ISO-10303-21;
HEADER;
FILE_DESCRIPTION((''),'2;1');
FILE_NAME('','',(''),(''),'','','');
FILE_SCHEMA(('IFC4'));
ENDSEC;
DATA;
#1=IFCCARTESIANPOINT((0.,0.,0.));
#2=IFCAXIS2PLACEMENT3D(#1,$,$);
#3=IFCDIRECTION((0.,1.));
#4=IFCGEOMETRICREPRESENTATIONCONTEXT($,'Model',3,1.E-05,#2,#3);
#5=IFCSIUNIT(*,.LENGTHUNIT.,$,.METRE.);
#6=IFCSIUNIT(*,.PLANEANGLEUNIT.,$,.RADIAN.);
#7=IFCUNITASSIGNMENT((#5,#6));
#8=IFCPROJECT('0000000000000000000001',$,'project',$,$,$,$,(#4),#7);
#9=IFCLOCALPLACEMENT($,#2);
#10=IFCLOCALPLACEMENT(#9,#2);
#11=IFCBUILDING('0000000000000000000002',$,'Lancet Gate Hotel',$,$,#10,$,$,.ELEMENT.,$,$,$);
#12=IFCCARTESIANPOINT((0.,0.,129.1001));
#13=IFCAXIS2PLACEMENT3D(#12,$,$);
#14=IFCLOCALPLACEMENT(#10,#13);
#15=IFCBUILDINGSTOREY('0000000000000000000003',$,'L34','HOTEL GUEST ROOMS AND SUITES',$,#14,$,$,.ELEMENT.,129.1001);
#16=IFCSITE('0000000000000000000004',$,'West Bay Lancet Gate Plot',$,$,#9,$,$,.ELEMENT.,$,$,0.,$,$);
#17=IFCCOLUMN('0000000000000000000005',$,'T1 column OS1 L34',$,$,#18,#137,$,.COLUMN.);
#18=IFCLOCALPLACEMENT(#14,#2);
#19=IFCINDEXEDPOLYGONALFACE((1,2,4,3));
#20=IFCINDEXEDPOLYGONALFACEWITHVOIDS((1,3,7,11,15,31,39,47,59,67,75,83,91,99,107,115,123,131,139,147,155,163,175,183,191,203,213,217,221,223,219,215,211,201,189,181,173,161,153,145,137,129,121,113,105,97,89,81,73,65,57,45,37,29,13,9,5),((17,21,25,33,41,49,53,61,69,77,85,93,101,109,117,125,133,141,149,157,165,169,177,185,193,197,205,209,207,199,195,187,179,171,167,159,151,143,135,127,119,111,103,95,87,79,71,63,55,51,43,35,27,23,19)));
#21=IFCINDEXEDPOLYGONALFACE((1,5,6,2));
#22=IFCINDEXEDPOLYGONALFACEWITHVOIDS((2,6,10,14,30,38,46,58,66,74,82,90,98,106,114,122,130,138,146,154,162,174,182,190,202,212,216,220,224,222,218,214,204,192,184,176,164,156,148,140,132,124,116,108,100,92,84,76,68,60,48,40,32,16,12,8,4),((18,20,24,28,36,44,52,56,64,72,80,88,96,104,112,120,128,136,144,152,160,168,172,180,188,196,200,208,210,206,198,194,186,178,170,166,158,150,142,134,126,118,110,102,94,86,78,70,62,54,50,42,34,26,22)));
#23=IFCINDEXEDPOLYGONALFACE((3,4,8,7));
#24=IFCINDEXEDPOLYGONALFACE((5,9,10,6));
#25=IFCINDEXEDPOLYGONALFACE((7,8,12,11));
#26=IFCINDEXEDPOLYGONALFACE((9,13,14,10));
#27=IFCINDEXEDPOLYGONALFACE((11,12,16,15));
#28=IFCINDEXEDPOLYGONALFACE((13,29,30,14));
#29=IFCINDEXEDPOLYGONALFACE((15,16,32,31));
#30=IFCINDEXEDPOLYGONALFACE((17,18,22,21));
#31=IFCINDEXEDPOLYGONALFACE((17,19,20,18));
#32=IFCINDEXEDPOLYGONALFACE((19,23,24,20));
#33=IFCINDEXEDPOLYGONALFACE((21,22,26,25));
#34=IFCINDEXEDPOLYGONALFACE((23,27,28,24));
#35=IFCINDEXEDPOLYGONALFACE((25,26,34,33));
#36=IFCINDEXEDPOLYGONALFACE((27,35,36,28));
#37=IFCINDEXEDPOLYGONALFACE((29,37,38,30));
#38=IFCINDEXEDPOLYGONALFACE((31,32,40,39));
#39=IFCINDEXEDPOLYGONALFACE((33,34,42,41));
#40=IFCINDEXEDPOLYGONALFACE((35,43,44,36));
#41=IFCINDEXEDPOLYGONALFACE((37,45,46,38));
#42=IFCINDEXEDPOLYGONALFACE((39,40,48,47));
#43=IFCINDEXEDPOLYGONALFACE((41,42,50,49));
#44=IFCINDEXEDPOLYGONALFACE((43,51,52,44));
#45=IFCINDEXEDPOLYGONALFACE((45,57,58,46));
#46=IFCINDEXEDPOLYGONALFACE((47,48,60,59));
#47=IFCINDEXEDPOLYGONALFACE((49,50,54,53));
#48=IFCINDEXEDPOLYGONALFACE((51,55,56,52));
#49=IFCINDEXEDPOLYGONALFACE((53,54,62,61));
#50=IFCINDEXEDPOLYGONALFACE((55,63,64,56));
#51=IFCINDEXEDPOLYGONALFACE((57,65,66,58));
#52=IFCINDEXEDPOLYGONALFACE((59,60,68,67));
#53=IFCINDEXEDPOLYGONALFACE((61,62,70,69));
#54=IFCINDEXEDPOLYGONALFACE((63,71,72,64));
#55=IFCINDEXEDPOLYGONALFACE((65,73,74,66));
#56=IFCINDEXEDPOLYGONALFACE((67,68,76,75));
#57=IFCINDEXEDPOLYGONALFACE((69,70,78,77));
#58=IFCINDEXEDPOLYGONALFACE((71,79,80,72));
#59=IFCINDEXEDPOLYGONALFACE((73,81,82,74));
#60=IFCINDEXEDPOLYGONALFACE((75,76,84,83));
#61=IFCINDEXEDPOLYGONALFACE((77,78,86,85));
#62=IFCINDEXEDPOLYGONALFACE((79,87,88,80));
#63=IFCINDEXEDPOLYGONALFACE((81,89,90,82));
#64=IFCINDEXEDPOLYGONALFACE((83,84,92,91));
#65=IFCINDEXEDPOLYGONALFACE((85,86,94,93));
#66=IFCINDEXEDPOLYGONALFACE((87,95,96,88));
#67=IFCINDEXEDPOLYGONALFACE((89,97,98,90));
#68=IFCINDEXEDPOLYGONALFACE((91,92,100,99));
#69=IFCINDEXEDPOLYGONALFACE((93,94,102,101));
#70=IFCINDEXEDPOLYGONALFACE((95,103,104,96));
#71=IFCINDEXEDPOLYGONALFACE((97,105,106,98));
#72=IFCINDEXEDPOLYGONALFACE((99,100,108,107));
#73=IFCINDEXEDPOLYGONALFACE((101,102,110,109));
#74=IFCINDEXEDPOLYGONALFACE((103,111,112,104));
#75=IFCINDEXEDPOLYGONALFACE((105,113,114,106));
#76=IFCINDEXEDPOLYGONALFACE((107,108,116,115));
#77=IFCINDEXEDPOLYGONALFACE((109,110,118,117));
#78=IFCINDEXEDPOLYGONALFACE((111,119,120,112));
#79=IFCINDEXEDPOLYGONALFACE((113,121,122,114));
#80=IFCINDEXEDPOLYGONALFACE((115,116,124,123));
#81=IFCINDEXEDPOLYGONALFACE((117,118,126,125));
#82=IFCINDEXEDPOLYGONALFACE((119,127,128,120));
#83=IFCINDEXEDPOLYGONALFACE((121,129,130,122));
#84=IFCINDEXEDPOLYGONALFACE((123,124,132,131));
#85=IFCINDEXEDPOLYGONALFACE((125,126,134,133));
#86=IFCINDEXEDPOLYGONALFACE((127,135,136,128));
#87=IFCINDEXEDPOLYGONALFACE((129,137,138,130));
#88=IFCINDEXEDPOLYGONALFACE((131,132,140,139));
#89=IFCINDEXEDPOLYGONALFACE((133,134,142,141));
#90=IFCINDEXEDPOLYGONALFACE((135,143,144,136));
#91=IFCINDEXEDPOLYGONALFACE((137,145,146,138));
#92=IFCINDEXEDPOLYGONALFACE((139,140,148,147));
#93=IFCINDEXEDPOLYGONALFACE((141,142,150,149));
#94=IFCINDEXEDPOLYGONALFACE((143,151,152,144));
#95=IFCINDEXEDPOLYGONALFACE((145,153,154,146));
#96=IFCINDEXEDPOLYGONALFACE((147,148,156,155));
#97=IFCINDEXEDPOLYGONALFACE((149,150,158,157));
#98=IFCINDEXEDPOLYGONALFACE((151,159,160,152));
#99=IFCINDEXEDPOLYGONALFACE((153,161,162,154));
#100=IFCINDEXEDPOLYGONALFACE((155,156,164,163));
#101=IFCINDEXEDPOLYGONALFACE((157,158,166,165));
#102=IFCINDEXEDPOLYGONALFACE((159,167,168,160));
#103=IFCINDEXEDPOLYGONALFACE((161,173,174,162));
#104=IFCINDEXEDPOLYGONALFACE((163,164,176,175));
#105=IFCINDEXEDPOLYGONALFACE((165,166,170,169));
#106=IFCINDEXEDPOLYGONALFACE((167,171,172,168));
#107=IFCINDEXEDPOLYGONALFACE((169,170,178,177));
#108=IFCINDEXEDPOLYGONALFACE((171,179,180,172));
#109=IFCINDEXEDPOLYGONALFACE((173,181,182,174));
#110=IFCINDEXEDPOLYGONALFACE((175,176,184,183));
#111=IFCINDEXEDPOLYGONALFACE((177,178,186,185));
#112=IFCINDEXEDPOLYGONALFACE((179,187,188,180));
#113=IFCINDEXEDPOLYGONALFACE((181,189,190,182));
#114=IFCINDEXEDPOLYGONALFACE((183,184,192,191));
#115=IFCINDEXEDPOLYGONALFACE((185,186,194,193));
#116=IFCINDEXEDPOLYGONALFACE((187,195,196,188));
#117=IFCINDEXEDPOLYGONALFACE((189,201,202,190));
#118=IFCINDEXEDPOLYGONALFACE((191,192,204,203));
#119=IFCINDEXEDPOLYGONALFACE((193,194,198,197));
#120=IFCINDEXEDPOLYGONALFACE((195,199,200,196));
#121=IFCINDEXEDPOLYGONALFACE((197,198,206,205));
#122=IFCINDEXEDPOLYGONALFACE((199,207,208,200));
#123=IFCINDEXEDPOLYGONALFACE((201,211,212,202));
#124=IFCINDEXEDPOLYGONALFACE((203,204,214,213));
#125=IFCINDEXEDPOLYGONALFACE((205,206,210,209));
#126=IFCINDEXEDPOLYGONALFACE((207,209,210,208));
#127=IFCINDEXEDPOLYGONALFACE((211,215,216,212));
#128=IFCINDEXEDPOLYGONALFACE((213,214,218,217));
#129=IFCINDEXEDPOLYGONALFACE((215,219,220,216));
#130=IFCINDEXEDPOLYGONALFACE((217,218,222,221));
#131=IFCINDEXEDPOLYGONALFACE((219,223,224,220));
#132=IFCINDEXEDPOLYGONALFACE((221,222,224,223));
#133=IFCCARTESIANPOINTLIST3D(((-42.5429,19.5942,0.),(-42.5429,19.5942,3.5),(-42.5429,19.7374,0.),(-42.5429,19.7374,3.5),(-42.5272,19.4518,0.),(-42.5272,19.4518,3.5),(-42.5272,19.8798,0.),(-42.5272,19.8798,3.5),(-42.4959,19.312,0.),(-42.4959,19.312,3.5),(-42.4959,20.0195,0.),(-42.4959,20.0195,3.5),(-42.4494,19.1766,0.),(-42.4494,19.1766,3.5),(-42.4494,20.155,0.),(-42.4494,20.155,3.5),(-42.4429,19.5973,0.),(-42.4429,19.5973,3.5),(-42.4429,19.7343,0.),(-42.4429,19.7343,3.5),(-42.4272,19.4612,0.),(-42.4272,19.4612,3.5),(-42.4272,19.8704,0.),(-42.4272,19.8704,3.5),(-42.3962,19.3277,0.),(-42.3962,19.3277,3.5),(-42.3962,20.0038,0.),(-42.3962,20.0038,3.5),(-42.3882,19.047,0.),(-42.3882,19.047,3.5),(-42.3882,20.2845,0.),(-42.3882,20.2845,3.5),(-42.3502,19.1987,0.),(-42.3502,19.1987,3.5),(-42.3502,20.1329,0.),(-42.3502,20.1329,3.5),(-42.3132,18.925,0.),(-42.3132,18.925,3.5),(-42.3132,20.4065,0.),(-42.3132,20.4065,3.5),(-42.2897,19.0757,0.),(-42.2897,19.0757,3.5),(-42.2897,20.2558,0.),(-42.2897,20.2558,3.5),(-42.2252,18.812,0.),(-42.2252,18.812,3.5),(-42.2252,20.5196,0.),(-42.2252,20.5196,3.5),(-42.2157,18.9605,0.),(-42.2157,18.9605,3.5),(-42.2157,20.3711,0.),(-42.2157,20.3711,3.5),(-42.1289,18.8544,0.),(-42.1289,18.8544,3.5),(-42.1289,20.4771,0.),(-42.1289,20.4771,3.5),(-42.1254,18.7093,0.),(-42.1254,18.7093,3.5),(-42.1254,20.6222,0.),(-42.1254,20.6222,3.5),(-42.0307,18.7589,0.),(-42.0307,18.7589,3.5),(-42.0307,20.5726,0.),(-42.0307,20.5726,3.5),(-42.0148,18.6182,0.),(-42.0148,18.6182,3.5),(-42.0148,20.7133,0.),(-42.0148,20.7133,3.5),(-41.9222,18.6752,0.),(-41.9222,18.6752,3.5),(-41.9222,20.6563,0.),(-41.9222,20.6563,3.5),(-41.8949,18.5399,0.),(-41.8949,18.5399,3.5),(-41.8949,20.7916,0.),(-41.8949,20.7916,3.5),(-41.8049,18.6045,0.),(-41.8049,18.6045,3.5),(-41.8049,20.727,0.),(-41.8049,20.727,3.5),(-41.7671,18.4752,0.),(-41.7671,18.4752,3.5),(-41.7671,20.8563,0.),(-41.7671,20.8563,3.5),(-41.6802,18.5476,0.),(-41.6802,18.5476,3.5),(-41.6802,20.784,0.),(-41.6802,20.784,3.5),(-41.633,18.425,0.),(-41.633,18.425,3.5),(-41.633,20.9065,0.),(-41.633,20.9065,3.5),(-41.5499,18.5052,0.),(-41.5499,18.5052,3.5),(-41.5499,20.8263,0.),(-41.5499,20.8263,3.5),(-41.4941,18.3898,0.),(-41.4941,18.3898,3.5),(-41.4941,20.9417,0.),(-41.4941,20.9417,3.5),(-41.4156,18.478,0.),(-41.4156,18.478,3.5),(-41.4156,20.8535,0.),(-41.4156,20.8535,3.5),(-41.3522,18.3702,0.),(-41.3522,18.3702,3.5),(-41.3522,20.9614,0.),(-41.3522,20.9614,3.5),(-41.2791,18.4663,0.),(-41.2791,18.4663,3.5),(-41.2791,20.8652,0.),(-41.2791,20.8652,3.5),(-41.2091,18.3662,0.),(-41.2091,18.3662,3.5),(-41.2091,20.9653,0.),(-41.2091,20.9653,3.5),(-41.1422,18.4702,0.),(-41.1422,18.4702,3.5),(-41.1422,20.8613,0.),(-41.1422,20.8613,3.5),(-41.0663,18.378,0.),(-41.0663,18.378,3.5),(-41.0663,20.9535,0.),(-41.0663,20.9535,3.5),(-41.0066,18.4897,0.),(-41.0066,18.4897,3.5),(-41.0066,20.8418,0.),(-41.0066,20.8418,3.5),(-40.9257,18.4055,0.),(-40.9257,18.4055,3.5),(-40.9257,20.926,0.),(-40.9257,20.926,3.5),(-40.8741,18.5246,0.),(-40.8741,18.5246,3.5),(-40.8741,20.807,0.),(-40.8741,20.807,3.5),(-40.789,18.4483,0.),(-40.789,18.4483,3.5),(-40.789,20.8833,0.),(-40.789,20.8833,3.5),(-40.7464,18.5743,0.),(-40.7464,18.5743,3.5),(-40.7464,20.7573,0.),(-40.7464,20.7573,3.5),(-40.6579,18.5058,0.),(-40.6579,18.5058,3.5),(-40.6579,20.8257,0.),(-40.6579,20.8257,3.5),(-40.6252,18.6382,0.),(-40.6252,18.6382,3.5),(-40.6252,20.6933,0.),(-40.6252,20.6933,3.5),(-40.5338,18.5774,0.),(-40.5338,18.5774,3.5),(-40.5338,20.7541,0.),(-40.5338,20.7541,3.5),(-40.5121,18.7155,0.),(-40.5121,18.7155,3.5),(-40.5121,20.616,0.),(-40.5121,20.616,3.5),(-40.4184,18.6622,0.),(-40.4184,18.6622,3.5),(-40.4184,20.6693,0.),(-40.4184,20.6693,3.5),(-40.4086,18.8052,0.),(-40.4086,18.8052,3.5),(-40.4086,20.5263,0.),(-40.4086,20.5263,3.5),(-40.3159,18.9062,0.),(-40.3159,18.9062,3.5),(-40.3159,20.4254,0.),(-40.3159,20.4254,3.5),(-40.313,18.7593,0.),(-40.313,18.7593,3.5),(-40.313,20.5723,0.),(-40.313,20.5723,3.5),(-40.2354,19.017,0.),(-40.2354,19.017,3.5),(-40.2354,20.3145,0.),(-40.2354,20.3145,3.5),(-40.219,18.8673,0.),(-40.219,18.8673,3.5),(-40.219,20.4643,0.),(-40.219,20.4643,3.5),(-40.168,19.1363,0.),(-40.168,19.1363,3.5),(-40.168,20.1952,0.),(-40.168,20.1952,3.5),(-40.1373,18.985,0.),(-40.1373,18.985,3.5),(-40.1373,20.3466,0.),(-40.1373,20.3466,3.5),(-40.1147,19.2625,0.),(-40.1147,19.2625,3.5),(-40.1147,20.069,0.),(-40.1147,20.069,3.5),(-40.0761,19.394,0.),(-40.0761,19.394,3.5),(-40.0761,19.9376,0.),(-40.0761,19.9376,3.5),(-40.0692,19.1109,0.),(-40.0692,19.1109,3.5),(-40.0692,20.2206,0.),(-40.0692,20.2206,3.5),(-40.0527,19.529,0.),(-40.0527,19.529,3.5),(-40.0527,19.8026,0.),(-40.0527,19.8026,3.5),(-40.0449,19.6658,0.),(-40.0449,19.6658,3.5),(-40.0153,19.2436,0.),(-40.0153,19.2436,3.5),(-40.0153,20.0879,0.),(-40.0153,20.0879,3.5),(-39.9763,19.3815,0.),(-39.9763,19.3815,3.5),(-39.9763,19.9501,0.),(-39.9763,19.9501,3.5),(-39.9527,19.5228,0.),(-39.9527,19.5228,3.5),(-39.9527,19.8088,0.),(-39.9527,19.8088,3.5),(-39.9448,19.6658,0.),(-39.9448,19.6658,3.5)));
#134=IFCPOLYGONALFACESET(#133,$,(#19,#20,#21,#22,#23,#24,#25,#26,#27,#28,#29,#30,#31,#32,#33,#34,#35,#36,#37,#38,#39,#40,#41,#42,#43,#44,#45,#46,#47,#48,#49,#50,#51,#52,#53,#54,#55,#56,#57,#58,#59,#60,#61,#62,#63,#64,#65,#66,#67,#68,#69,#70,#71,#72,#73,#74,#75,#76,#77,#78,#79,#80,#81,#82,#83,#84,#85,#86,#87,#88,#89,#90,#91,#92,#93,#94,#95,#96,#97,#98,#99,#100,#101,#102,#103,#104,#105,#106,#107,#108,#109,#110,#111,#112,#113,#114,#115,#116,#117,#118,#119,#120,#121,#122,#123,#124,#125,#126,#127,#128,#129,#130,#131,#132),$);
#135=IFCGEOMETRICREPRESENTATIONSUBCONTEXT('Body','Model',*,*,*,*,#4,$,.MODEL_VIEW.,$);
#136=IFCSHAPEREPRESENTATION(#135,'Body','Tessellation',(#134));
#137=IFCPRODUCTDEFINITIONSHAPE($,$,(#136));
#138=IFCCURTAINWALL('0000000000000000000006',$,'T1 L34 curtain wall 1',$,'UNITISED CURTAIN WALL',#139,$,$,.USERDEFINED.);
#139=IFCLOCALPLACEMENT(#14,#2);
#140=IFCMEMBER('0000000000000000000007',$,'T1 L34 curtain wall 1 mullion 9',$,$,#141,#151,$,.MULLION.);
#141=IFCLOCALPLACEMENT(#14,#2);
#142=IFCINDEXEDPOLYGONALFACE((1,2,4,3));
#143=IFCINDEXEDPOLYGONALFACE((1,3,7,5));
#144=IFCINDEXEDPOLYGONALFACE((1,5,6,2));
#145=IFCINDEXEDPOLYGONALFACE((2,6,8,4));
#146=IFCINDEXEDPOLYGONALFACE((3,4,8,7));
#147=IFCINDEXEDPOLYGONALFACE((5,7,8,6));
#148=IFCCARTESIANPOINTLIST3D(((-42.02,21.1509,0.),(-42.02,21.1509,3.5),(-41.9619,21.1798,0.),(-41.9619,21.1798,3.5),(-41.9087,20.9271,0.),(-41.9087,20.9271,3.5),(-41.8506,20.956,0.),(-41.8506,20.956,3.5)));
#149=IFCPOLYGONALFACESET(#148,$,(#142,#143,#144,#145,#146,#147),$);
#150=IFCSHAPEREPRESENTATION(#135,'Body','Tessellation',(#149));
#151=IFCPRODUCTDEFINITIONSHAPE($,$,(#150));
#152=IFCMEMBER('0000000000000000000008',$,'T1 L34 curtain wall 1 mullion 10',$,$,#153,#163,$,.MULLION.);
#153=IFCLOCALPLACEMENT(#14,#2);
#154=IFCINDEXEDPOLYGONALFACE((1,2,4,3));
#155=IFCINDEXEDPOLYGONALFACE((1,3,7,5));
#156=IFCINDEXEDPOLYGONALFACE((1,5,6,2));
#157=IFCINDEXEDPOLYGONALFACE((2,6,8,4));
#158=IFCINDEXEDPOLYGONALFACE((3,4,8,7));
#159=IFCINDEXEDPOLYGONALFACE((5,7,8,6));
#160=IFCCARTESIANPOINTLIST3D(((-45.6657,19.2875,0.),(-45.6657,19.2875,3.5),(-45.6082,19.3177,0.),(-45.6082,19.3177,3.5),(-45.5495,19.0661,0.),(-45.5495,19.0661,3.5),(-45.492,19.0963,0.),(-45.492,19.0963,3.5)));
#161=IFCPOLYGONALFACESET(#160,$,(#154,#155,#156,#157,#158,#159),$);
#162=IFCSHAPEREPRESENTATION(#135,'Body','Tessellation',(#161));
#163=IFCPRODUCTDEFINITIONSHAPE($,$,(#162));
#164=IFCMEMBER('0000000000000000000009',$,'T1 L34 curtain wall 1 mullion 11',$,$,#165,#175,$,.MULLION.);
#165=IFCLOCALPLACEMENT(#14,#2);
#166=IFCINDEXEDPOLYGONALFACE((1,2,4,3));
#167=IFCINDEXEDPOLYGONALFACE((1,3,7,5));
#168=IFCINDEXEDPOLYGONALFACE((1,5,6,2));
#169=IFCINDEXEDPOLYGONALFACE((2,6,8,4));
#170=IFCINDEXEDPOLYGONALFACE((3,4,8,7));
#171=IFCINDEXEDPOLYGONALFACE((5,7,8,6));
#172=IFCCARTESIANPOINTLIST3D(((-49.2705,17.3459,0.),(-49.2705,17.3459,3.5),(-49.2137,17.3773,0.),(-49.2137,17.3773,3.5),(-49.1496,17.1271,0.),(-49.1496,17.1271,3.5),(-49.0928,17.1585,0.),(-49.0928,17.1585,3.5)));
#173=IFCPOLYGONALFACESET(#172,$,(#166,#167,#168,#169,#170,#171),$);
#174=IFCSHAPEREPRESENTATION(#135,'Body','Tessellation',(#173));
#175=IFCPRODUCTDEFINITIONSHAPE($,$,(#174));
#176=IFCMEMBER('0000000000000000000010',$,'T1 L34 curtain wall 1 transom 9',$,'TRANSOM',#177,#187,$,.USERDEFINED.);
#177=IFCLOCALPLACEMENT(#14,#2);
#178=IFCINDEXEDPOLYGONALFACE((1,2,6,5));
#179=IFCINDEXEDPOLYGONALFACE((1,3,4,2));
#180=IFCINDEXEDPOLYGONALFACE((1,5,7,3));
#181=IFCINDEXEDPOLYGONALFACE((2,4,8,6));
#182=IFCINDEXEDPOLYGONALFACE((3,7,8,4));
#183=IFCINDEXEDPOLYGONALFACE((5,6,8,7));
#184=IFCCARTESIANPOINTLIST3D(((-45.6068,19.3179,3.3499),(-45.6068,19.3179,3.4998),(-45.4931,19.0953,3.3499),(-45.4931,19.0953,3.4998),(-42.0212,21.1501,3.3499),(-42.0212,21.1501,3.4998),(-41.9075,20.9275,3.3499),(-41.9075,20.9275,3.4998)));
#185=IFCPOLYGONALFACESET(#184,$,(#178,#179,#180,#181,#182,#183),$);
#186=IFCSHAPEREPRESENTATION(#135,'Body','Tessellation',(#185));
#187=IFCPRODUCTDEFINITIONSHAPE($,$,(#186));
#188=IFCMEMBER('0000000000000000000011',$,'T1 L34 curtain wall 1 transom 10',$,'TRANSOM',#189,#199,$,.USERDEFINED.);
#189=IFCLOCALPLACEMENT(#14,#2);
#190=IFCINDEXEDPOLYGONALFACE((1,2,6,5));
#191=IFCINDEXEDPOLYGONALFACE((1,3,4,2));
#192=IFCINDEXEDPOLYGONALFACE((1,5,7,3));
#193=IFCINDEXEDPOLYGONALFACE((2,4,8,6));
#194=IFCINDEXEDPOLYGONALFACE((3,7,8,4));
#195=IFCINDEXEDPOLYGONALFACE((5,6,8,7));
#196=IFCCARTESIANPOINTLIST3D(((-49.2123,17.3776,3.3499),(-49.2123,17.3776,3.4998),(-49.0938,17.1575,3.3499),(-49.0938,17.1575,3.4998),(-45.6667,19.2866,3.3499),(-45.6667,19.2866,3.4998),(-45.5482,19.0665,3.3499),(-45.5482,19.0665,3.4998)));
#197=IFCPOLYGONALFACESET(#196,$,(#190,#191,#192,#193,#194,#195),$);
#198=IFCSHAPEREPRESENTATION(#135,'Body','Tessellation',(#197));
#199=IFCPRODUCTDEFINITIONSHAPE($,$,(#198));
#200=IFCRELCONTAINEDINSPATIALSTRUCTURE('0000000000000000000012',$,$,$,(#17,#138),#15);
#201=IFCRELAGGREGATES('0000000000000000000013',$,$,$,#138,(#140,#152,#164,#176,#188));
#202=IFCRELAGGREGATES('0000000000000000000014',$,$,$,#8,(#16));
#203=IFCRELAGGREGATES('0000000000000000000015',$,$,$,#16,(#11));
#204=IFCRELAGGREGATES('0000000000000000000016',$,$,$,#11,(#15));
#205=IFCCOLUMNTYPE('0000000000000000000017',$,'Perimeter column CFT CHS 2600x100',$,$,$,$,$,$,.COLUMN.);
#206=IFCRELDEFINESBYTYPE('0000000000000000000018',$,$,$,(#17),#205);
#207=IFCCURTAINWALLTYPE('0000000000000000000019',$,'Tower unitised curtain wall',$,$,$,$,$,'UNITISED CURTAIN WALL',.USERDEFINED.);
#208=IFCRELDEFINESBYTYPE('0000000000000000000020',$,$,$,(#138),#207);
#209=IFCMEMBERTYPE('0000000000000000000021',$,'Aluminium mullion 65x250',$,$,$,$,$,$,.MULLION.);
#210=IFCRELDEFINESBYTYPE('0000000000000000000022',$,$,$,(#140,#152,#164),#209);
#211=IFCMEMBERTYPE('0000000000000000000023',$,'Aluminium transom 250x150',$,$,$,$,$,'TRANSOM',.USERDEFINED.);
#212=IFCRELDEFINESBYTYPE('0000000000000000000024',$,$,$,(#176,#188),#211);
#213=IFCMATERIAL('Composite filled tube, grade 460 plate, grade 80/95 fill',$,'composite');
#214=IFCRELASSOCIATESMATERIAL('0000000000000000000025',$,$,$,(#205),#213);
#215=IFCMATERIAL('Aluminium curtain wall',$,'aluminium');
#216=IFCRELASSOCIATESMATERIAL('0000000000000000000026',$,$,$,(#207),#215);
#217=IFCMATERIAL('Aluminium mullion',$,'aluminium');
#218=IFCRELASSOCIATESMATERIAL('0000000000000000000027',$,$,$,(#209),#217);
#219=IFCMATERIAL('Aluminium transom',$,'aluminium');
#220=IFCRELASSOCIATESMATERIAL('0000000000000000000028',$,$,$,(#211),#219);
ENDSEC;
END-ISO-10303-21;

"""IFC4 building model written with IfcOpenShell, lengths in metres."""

from ifc_helpers import new_model, si_unit, direction, frame, origin, origin_2d, place, context, subcontext, project, spatial, rectangle, hollow_circle, extrude, material, material_profile, profile_set, type_object, element, aggregate, save


model = new_model("IFC4")

# Units and contexts
model_context = context("Model", 3, precision=1e-05, world=origin(), true_north=direction((0.0, 1.0)))
body_context = subcontext(model_context, "Body", "Model", "MODEL_VIEW")
ifc_project = project(units=[si_unit("LENGTHUNIT", "METRE"), si_unit("PLANEANGLEUNIT", "RADIAN")], contexts=[model_context])

# Site, building, storey
site_placement = place(None, origin())
site = spatial("IfcSite", under=ifc_project, at=site_placement, Name="West Bay Lancet Gate Plot", CompositionType="ELEMENT", RefElevation=0.0)
building_placement = place(site_placement, origin())
building = spatial("IfcBuilding", under=site, at=building_placement, Name="Lancet Gate Hotel", CompositionType="ELEMENT")
storey_placement = place(building_placement, frame((0.0, 0.0, 129.1001)))
storey = spatial("IfcBuildingStorey", under=building, at=storey_placement, Name="L34", Description="HOTEL GUEST ROOMS AND SUITES", CompositionType="ELEMENT", Elevation=129.1001)

# Column
ifc_material_1 = material(Name="Composite filled tube, grade 460 plate, grade 80/95 fill", Category="composite")
ifc_material_profile_1 = material_profile(ifc_material_1, hollow_circle(Radius=1.3, WallThickness=0.1001, at=origin_2d()), Name="CHS 2600x100")
ifc_profile_set_1 = profile_set([ifc_material_profile_1], Name="Composite filled tube, grade 460 plate, grade 80/95 fill")
column_type = type_object("IfcColumnType", Name="Perimeter column CFT CHS 2600x100", PredefinedType="COLUMN", material=ifc_profile_set_1)
column_placement = place(storey_placement, frame((-41.2449, 19.6658, 0.0), z_axis=(0.0, 0.0, 1.0), x_axis=(1.0, 0.0, 0.0)))
element("IfcColumn", 1, at=column_placement, inside=storey, type_object=column_type, Name="T1 column OS1 L34", PredefinedType="COLUMN", context=body_context, shape_type="SweptSolid", body=[
    extrude(hollow_circle(Radius=1.3, WallThickness=0.1001, at=origin_2d()), origin(), (0.0, 0.0, 1.0), 3.5),
])

# Curtain wall, members
ifc_material_2 = material(Name="Aluminium curtain wall", Category="aluminium")
curtain_wall_type = type_object("IfcCurtainWallType", Name="Tower unitised curtain wall", ElementType="UNITISED CURTAIN WALL", PredefinedType="USERDEFINED", material=ifc_material_2)
curtain_wall_placement = place(storey_placement, origin())
curtain_wall = element("IfcCurtainWall", 2, at=curtain_wall_placement, inside=storey, type_object=curtain_wall_type, Name="T1 L34 curtain wall 1", ObjectType="UNITISED CURTAIN WALL", PredefinedType="USERDEFINED")
ifc_material_3 = material(Name="Aluminium mullion", Category="aluminium")
ifc_material_profile_2 = material_profile(ifc_material_3, rectangle(XDim=0.0649, YDim=0.25, at=origin_2d()), Name="MULLION 65x250")
ifc_profile_set_2 = profile_set([ifc_material_profile_2], Name="Aluminium mullion")
member_type_1 = type_object("IfcMemberType", Name="Aluminium mullion 65x250", PredefinedType="MULLION", material=ifc_profile_set_2)
member_1_placement = place(storey_placement, frame((-41.9353, 21.0535, 0.0), z_axis=(0.0, 0.0, 1.0), x_axis=(-0.895339, -0.445384, 0.0)))
member_1 = element("IfcMember", 3, at=member_1_placement, type_object=member_type_1, Name="T1 L34 curtain wall 1 mullion 9", PredefinedType="MULLION", context=body_context, shape_type="SweptSolid", body=[
    extrude(rectangle(XDim=0.0649, YDim=0.25, at=origin_2d()), origin(), (0.0, 0.0, 1.0), 3.5),
])
member_2_placement = place(storey_placement, frame((-45.5789, 19.1919, 0.0), z_axis=(0.0, 0.0, 1.0), x_axis=(-0.885544, -0.464555, 0.0)))
member_2 = element("IfcMember", 4, at=member_2_placement, type_object=member_type_1, Name="T1 L34 curtain wall 1 mullion 10", PredefinedType="MULLION", context=body_context, shape_type="SweptSolid", body=[
    extrude(rectangle(XDim=0.0649, YDim=0.25, at=origin_2d()), origin(), (0.0, 0.0, 1.0), 3.5),
])
member_3_placement = place(storey_placement, frame((-49.1816, 17.2522, 0.0), z_axis=(0.0, 0.0, 1.0), x_axis=(-0.875339, -0.48351, 0.0)))
member_3 = element("IfcMember", 5, at=member_3_placement, type_object=member_type_1, Name="T1 L34 curtain wall 1 mullion 11", PredefinedType="MULLION", context=body_context, shape_type="SweptSolid", body=[
    extrude(rectangle(XDim=0.0649, YDim=0.25, at=origin_2d()), origin(), (0.0, 0.0, 1.0), 3.5),
])
ifc_material_4 = material(Name="Aluminium transom", Category="aluminium")
ifc_material_profile_3 = material_profile(ifc_material_4, rectangle(XDim=0.25, YDim=0.1499, at=origin_2d()), Name="TRANSOM 250x150")
ifc_profile_set_3 = profile_set([ifc_material_profile_3], Name="Aluminium transom")
member_type_2 = type_object("IfcMemberType", Name="Aluminium transom 250x150", ElementType="TRANSOM", PredefinedType="USERDEFINED", material=ifc_profile_set_3)
member_4_placement = place(storey_placement, frame((-41.9644, 21.0388, 3.4248), z_axis=(-0.890476, -0.45503, 0.0), x_axis=(0.45503, -0.890476, 0.0)))
member_4 = element("IfcMember", 6, at=member_4_placement, type_object=member_type_2, Name="T1 L34 curtain wall 1 transom 9", ObjectType="TRANSOM", PredefinedType="USERDEFINED", context=body_context, shape_type="SweptSolid", body=[
    extrude(rectangle(XDim=0.25, YDim=0.1499, at=origin_2d()), origin(), (0.0, 0.0, 1.0), 4.0266),
])
member_5_placement = place(storey_placement, frame((-45.6074, 19.1765, 3.4248), z_axis=(-0.880498, -0.474049, 0.0), x_axis=(0.474049, -0.880498, 0.0)))
member_5 = element("IfcMember", 7, at=member_5_placement, type_object=member_type_2, Name="T1 L34 curtain wall 1 transom 10", ObjectType="TRANSOM", PredefinedType="USERDEFINED", context=body_context, shape_type="SweptSolid", body=[
    extrude(rectangle(XDim=0.25, YDim=0.1499, at=origin_2d()), origin(), (0.0, 0.0, 1.0), 4.0269),
])

aggregate(curtain_wall, [member_1, member_2, member_3, member_4, member_5])

save(model, "model.ifc")
